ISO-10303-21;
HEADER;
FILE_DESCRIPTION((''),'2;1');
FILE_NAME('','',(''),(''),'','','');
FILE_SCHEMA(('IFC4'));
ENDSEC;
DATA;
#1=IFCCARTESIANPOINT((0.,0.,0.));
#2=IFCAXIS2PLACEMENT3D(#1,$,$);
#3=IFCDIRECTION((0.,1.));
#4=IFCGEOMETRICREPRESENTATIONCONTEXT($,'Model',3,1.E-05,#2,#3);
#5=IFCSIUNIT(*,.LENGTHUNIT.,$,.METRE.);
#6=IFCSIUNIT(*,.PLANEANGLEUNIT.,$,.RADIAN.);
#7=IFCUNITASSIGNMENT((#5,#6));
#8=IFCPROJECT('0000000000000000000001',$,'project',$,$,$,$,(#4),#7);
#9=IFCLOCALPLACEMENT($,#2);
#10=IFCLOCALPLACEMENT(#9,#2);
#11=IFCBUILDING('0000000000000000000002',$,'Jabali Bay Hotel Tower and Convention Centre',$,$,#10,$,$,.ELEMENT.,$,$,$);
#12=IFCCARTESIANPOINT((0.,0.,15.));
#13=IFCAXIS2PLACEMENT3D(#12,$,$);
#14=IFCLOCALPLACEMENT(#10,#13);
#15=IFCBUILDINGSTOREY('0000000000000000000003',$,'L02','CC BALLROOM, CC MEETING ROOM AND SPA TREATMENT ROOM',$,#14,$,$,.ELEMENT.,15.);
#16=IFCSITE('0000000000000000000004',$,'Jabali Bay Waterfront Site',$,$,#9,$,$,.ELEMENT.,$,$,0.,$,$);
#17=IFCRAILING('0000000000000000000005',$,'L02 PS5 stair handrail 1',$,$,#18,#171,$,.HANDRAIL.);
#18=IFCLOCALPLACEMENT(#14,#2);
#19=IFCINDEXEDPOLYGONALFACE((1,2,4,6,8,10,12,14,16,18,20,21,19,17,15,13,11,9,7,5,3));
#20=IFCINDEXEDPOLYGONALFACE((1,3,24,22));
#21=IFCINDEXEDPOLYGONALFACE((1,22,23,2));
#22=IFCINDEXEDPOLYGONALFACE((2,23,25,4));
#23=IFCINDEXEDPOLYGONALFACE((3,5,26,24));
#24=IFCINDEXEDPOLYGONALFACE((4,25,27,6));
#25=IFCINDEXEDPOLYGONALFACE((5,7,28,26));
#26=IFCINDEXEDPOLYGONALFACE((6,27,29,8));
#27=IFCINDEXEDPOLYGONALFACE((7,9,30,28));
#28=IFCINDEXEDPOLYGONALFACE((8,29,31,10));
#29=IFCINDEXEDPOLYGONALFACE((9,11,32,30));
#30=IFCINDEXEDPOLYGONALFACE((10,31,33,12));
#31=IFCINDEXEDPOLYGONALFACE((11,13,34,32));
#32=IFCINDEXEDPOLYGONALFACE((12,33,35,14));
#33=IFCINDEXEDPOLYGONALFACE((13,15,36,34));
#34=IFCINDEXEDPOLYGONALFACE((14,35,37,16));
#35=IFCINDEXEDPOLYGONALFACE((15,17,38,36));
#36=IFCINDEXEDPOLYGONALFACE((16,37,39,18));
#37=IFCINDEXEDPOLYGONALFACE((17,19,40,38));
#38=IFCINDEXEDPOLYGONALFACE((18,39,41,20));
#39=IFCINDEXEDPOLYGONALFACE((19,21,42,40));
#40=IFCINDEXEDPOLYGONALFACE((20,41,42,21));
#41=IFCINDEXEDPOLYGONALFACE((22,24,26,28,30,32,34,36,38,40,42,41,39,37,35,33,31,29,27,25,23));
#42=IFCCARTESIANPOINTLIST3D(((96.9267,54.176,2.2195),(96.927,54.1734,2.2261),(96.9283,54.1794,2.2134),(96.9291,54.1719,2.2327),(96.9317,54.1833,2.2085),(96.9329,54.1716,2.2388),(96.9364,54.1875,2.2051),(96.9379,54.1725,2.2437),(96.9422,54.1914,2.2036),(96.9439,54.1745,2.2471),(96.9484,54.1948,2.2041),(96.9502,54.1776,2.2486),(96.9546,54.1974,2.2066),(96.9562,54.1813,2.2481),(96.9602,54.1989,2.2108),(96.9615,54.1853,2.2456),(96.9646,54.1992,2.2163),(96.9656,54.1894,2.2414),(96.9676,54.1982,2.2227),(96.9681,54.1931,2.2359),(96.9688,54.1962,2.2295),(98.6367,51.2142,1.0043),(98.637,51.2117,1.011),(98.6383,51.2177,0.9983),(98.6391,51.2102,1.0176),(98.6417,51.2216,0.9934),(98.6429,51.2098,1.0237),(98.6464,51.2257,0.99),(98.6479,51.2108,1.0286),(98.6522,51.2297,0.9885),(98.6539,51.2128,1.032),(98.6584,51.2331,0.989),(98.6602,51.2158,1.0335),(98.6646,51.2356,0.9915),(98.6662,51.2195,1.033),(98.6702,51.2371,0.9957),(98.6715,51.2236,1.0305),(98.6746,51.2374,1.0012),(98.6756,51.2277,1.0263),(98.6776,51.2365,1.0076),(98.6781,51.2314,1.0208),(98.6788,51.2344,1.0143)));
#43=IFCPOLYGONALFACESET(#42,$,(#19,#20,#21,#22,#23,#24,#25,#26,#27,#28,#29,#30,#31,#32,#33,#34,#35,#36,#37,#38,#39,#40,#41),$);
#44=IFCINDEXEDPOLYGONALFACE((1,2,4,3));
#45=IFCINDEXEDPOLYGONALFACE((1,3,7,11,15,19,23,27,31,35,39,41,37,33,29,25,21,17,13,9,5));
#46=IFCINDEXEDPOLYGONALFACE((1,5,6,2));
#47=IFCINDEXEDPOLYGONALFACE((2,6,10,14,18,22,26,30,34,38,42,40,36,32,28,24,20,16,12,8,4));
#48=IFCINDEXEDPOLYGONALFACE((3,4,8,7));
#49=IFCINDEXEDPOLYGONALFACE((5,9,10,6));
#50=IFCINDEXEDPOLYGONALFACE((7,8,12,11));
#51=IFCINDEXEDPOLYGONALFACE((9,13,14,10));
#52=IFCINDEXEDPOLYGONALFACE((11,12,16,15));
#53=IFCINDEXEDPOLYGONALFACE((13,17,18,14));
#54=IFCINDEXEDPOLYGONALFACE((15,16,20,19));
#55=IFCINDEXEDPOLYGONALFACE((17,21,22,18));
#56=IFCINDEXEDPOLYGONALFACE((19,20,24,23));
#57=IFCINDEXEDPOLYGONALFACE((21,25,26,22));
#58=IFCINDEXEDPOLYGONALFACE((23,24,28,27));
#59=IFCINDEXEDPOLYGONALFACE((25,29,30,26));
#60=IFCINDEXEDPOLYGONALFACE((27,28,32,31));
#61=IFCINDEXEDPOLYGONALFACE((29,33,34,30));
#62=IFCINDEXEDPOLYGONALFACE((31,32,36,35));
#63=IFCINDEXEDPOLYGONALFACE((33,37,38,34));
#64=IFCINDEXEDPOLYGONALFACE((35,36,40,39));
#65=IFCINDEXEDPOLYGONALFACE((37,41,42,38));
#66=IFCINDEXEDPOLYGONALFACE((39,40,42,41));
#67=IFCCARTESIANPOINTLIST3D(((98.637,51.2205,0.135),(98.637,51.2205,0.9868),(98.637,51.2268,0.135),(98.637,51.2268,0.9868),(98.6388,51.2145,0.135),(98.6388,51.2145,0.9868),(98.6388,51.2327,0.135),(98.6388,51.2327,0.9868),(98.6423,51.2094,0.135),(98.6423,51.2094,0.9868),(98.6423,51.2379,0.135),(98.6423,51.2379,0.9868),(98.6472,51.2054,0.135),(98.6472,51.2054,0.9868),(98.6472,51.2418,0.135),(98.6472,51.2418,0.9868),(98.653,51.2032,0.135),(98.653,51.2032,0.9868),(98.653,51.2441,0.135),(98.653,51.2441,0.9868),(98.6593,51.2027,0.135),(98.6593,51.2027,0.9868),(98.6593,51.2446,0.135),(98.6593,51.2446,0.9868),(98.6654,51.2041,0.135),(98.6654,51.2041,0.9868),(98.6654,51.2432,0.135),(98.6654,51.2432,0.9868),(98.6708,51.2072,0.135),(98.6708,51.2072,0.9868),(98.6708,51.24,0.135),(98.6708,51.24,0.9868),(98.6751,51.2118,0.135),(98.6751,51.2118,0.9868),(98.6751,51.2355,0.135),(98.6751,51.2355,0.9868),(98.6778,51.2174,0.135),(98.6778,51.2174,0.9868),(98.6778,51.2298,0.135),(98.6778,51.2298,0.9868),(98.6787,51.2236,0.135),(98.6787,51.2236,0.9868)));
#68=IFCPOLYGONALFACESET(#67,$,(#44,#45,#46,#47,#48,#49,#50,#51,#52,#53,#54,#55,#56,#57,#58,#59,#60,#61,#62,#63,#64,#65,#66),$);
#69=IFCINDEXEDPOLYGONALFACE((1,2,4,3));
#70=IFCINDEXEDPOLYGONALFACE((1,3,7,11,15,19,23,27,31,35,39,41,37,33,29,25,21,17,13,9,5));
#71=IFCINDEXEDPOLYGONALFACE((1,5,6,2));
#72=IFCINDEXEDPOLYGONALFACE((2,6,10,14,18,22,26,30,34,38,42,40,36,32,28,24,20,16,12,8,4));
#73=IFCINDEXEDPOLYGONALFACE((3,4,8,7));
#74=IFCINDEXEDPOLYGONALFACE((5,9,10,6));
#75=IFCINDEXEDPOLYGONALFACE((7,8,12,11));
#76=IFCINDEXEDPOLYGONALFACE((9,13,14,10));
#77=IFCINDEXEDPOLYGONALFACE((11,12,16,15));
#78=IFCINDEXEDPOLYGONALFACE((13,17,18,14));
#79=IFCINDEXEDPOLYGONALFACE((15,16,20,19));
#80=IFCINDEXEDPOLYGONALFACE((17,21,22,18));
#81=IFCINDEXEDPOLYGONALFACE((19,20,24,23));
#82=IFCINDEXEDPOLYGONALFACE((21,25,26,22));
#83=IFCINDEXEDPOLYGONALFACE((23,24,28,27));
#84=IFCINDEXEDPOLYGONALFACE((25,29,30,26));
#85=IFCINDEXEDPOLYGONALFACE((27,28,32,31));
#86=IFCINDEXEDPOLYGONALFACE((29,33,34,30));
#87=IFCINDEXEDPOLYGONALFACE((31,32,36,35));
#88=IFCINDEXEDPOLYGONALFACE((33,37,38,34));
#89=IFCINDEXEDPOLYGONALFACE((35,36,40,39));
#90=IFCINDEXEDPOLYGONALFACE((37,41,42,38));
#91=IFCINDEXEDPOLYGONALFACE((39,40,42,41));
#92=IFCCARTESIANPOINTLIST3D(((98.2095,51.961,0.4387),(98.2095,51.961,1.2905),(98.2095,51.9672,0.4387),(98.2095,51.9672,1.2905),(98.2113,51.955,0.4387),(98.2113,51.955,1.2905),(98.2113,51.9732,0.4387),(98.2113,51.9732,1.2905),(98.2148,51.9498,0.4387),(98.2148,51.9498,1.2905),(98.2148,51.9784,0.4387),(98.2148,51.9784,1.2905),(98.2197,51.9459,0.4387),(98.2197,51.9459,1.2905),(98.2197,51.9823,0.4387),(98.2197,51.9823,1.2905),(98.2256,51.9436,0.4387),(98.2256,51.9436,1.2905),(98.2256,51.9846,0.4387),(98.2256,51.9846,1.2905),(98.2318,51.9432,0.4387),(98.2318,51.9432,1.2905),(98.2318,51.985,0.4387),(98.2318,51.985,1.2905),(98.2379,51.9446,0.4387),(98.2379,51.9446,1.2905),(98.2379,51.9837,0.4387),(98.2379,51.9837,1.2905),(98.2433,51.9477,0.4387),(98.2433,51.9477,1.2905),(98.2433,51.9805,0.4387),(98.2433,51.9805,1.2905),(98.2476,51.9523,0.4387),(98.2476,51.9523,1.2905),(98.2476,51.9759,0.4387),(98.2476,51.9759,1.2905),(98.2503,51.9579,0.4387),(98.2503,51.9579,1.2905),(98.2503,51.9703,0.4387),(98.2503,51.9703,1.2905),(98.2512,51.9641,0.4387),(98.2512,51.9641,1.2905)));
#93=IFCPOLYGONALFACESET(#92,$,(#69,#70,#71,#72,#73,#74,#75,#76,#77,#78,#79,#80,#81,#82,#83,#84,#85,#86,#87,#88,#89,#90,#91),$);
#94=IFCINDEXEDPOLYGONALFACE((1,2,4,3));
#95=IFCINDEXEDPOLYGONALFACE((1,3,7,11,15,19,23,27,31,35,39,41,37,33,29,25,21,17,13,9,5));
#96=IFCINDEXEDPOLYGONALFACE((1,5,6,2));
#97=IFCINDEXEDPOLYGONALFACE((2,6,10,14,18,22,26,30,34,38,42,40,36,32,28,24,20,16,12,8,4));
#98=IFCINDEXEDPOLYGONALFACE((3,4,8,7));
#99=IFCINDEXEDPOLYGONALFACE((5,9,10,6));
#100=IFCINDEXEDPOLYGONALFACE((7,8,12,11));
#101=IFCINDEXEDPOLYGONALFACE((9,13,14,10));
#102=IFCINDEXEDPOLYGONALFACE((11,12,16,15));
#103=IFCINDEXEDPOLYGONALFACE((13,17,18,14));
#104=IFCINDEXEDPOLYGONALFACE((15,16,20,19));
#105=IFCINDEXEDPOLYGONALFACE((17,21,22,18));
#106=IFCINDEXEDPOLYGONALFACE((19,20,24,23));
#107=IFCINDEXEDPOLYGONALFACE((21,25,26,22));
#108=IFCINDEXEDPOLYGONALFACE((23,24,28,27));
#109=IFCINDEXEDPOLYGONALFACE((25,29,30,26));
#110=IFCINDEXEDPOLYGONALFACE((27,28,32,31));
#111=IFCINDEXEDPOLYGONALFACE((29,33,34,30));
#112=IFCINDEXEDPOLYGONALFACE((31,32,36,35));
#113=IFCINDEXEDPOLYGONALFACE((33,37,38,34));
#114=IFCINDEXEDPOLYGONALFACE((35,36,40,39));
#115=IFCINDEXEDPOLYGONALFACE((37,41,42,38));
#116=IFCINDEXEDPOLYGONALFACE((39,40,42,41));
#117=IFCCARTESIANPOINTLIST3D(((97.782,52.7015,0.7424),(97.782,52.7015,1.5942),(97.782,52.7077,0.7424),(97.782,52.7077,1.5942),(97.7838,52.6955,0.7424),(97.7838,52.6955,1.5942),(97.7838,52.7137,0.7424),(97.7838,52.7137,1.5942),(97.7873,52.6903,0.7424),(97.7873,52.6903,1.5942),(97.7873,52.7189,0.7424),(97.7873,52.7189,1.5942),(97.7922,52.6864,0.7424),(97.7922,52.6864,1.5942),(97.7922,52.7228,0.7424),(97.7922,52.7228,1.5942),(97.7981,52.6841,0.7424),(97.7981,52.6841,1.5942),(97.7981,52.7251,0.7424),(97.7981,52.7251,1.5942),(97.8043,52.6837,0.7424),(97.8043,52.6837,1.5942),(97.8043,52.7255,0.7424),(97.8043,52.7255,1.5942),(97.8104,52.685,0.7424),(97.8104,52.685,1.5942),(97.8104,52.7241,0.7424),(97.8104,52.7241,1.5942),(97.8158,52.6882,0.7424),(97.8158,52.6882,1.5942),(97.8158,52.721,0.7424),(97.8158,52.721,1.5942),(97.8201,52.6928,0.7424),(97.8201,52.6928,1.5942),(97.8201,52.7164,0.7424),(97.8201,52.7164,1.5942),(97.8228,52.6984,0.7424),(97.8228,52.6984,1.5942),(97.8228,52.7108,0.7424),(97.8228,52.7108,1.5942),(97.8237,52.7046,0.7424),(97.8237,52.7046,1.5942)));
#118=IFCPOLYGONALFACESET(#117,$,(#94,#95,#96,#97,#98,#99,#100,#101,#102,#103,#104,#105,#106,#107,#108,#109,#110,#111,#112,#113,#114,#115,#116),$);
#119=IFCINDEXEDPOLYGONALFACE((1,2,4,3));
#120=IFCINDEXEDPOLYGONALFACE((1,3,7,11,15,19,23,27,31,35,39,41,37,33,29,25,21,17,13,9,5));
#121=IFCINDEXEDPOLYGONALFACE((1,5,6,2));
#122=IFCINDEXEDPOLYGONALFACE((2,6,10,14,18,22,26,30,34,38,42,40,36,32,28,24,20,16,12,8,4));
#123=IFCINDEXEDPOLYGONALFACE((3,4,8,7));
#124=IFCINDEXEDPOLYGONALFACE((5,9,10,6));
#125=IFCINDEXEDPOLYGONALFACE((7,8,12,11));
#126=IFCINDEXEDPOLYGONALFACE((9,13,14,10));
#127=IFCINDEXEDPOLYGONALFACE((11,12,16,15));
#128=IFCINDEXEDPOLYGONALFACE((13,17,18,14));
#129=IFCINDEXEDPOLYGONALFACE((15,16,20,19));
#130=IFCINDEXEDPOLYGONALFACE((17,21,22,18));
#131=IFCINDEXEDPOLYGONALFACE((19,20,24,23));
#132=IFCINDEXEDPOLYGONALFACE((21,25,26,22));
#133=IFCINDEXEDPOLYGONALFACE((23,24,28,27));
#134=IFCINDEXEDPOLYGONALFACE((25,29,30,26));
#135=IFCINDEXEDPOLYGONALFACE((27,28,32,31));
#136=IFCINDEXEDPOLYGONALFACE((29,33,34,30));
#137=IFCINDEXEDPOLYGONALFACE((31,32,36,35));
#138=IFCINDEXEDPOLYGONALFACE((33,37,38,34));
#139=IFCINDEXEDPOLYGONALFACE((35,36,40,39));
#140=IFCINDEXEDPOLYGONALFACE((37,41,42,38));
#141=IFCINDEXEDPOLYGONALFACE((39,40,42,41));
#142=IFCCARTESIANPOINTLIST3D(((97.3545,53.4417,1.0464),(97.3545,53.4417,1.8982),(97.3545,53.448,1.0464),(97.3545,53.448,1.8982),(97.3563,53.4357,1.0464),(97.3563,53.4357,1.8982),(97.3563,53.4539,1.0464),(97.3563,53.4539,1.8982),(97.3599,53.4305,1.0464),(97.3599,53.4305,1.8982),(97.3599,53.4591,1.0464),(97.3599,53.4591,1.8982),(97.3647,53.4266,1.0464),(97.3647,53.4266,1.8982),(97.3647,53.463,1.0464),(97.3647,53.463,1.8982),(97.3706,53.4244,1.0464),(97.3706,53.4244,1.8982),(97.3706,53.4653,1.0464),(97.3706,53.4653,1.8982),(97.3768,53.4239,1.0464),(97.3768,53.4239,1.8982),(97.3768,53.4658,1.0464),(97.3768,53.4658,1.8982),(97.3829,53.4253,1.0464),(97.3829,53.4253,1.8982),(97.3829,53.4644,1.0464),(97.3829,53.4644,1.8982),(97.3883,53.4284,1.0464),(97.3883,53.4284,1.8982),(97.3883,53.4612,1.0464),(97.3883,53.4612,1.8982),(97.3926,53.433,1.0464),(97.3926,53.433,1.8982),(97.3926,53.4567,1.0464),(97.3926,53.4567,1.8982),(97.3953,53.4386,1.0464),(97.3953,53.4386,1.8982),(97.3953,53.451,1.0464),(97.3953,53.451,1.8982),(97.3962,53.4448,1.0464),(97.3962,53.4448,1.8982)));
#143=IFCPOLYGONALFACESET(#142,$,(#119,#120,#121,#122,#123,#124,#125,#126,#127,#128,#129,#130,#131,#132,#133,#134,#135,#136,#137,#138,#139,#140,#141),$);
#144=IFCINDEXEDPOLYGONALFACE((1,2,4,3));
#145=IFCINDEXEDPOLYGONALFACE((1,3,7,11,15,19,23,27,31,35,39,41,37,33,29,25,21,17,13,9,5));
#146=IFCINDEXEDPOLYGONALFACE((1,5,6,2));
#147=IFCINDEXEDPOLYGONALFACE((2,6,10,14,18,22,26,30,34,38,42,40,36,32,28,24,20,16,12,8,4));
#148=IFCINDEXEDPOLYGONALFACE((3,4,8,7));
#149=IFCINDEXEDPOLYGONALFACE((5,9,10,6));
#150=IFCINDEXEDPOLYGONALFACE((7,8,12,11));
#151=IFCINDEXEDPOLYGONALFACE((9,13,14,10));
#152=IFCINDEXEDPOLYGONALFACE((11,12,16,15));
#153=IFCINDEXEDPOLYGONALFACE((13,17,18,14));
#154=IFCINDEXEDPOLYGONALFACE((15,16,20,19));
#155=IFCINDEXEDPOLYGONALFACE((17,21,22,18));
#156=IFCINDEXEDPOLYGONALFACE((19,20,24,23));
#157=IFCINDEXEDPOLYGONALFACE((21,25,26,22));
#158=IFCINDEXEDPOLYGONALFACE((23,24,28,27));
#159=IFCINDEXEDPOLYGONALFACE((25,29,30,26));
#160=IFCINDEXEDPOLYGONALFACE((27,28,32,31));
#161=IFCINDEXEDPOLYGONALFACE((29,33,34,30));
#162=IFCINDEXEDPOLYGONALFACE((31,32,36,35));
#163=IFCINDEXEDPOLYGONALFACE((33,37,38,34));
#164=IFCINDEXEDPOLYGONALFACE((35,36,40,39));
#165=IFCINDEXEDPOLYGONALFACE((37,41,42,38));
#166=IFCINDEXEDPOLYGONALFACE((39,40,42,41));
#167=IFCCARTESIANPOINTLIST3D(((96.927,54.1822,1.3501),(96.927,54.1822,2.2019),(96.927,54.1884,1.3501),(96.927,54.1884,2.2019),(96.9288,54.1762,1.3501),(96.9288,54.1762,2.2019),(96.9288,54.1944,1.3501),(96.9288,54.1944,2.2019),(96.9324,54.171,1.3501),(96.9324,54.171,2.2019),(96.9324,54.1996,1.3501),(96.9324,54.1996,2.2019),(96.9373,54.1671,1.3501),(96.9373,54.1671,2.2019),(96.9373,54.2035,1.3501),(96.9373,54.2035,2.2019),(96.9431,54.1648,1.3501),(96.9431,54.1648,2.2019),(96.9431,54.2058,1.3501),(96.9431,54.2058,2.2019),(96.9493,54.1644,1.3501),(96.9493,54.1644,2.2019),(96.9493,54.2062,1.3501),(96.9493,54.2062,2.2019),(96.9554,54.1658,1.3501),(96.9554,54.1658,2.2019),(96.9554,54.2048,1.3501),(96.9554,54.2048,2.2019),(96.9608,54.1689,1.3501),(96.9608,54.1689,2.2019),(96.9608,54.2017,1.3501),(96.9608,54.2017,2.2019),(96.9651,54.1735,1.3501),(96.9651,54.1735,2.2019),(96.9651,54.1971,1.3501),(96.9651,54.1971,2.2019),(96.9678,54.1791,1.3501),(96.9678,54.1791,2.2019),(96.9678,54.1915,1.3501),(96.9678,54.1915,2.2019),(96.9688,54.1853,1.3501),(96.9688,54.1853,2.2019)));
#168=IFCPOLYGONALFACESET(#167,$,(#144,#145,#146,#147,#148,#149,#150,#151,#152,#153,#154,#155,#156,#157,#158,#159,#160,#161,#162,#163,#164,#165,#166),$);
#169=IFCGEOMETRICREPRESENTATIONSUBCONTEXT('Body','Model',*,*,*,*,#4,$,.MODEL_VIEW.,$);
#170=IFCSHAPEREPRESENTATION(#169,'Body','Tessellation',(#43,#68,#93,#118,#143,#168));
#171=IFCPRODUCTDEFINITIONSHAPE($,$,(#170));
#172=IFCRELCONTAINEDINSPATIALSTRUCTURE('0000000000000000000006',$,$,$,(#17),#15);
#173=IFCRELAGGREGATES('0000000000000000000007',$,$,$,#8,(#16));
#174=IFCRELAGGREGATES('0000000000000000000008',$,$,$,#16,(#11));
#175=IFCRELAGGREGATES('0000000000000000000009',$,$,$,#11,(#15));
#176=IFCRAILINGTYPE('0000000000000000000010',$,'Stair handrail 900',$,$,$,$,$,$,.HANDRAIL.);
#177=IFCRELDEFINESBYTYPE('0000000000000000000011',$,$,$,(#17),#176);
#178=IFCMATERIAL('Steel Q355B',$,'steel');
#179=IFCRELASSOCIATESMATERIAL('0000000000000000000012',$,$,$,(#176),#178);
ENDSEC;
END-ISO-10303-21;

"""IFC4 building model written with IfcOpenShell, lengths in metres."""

from ifc_helpers import new_model, si_unit, direction, frame, origin, origin_2d, place, context, subcontext, project, spatial, circle, extrude, material, type_object, element, save


model = new_model("IFC4")

# Units and contexts
model_context = context("Model", 3, precision=1e-05, world=origin(), true_north=direction((0.0, 1.0)))
body_context = subcontext(model_context, "Body", "Model", "MODEL_VIEW")
ifc_project = project(units=[si_unit("LENGTHUNIT", "METRE"), si_unit("PLANEANGLEUNIT", "RADIAN")], contexts=[model_context])

# Site, building, storey
site_placement = place(None, origin())
site = spatial("IfcSite", under=ifc_project, at=site_placement, Name="Jabali Bay Waterfront Site", CompositionType="ELEMENT", RefElevation=0.0)
building_placement = place(site_placement, origin())
building = spatial("IfcBuilding", under=site, at=building_placement, Name="Jabali Bay Hotel Tower and Convention Centre", CompositionType="ELEMENT")
storey_placement = place(building_placement, frame((0.0, 0.0, 15.0)))
storey = spatial("IfcBuildingStorey", under=building, at=storey_placement, Name="L02", Description="CC BALLROOM, CC MEETING ROOM AND SPA TREATMENT ROOM", CompositionType="ELEMENT", Elevation=15.0)

# Railing
ifc_material_1 = material(Name="Steel Q355B", Category="steel")
railing_type_1 = type_object("IfcRailingType", Name="Stair handrail 900", PredefinedType="HANDRAIL", material=ifc_material_1)
for number, where, name in (
    (1, (98.6577, 51.2236, 0.135), "L02 PS5 stair handrail 1"),
):
    element("IfcRailing", number, at=place(storey_placement, frame(where)), inside=storey, type_object=railing_type_1, Name=name, PredefinedType="HANDRAIL", context=body_context, shape_type="SweptSolid", body=[
        extrude(circle(Radius=0.0239, at=origin_2d()), frame((0.0, 0.0, 0.876), z_axis=(-0.471153, 0.816042, 0.334799), x_axis=(-0.86602, -0.500009, 0.0)), (0.0, 0.0, 1.0), 3.6294),
        extrude(circle(Radius=0.021, at=origin_2d()), origin(), (0.0, 0.0, 1.0), 0.8518),
        extrude(circle(Radius=0.021, at=origin_2d()), frame((-0.4275, 0.7405, 0.3037)), (0.0, 0.0, 1.0), 0.8518),
        extrude(circle(Radius=0.021, at=origin_2d()), frame((-0.855, 1.481, 0.6074)), (0.0, 0.0, 1.0), 0.8518),
        extrude(circle(Radius=0.021, at=origin_2d()), frame((-1.2825, 2.2212, 0.9114)), (0.0, 0.0, 1.0), 0.8518),
        extrude(circle(Radius=0.021, at=origin_2d()), frame((-1.71, 2.9617, 1.2151)), (0.0, 0.0, 1.0), 0.8518),
    ])

save(model, "model.ifc")
